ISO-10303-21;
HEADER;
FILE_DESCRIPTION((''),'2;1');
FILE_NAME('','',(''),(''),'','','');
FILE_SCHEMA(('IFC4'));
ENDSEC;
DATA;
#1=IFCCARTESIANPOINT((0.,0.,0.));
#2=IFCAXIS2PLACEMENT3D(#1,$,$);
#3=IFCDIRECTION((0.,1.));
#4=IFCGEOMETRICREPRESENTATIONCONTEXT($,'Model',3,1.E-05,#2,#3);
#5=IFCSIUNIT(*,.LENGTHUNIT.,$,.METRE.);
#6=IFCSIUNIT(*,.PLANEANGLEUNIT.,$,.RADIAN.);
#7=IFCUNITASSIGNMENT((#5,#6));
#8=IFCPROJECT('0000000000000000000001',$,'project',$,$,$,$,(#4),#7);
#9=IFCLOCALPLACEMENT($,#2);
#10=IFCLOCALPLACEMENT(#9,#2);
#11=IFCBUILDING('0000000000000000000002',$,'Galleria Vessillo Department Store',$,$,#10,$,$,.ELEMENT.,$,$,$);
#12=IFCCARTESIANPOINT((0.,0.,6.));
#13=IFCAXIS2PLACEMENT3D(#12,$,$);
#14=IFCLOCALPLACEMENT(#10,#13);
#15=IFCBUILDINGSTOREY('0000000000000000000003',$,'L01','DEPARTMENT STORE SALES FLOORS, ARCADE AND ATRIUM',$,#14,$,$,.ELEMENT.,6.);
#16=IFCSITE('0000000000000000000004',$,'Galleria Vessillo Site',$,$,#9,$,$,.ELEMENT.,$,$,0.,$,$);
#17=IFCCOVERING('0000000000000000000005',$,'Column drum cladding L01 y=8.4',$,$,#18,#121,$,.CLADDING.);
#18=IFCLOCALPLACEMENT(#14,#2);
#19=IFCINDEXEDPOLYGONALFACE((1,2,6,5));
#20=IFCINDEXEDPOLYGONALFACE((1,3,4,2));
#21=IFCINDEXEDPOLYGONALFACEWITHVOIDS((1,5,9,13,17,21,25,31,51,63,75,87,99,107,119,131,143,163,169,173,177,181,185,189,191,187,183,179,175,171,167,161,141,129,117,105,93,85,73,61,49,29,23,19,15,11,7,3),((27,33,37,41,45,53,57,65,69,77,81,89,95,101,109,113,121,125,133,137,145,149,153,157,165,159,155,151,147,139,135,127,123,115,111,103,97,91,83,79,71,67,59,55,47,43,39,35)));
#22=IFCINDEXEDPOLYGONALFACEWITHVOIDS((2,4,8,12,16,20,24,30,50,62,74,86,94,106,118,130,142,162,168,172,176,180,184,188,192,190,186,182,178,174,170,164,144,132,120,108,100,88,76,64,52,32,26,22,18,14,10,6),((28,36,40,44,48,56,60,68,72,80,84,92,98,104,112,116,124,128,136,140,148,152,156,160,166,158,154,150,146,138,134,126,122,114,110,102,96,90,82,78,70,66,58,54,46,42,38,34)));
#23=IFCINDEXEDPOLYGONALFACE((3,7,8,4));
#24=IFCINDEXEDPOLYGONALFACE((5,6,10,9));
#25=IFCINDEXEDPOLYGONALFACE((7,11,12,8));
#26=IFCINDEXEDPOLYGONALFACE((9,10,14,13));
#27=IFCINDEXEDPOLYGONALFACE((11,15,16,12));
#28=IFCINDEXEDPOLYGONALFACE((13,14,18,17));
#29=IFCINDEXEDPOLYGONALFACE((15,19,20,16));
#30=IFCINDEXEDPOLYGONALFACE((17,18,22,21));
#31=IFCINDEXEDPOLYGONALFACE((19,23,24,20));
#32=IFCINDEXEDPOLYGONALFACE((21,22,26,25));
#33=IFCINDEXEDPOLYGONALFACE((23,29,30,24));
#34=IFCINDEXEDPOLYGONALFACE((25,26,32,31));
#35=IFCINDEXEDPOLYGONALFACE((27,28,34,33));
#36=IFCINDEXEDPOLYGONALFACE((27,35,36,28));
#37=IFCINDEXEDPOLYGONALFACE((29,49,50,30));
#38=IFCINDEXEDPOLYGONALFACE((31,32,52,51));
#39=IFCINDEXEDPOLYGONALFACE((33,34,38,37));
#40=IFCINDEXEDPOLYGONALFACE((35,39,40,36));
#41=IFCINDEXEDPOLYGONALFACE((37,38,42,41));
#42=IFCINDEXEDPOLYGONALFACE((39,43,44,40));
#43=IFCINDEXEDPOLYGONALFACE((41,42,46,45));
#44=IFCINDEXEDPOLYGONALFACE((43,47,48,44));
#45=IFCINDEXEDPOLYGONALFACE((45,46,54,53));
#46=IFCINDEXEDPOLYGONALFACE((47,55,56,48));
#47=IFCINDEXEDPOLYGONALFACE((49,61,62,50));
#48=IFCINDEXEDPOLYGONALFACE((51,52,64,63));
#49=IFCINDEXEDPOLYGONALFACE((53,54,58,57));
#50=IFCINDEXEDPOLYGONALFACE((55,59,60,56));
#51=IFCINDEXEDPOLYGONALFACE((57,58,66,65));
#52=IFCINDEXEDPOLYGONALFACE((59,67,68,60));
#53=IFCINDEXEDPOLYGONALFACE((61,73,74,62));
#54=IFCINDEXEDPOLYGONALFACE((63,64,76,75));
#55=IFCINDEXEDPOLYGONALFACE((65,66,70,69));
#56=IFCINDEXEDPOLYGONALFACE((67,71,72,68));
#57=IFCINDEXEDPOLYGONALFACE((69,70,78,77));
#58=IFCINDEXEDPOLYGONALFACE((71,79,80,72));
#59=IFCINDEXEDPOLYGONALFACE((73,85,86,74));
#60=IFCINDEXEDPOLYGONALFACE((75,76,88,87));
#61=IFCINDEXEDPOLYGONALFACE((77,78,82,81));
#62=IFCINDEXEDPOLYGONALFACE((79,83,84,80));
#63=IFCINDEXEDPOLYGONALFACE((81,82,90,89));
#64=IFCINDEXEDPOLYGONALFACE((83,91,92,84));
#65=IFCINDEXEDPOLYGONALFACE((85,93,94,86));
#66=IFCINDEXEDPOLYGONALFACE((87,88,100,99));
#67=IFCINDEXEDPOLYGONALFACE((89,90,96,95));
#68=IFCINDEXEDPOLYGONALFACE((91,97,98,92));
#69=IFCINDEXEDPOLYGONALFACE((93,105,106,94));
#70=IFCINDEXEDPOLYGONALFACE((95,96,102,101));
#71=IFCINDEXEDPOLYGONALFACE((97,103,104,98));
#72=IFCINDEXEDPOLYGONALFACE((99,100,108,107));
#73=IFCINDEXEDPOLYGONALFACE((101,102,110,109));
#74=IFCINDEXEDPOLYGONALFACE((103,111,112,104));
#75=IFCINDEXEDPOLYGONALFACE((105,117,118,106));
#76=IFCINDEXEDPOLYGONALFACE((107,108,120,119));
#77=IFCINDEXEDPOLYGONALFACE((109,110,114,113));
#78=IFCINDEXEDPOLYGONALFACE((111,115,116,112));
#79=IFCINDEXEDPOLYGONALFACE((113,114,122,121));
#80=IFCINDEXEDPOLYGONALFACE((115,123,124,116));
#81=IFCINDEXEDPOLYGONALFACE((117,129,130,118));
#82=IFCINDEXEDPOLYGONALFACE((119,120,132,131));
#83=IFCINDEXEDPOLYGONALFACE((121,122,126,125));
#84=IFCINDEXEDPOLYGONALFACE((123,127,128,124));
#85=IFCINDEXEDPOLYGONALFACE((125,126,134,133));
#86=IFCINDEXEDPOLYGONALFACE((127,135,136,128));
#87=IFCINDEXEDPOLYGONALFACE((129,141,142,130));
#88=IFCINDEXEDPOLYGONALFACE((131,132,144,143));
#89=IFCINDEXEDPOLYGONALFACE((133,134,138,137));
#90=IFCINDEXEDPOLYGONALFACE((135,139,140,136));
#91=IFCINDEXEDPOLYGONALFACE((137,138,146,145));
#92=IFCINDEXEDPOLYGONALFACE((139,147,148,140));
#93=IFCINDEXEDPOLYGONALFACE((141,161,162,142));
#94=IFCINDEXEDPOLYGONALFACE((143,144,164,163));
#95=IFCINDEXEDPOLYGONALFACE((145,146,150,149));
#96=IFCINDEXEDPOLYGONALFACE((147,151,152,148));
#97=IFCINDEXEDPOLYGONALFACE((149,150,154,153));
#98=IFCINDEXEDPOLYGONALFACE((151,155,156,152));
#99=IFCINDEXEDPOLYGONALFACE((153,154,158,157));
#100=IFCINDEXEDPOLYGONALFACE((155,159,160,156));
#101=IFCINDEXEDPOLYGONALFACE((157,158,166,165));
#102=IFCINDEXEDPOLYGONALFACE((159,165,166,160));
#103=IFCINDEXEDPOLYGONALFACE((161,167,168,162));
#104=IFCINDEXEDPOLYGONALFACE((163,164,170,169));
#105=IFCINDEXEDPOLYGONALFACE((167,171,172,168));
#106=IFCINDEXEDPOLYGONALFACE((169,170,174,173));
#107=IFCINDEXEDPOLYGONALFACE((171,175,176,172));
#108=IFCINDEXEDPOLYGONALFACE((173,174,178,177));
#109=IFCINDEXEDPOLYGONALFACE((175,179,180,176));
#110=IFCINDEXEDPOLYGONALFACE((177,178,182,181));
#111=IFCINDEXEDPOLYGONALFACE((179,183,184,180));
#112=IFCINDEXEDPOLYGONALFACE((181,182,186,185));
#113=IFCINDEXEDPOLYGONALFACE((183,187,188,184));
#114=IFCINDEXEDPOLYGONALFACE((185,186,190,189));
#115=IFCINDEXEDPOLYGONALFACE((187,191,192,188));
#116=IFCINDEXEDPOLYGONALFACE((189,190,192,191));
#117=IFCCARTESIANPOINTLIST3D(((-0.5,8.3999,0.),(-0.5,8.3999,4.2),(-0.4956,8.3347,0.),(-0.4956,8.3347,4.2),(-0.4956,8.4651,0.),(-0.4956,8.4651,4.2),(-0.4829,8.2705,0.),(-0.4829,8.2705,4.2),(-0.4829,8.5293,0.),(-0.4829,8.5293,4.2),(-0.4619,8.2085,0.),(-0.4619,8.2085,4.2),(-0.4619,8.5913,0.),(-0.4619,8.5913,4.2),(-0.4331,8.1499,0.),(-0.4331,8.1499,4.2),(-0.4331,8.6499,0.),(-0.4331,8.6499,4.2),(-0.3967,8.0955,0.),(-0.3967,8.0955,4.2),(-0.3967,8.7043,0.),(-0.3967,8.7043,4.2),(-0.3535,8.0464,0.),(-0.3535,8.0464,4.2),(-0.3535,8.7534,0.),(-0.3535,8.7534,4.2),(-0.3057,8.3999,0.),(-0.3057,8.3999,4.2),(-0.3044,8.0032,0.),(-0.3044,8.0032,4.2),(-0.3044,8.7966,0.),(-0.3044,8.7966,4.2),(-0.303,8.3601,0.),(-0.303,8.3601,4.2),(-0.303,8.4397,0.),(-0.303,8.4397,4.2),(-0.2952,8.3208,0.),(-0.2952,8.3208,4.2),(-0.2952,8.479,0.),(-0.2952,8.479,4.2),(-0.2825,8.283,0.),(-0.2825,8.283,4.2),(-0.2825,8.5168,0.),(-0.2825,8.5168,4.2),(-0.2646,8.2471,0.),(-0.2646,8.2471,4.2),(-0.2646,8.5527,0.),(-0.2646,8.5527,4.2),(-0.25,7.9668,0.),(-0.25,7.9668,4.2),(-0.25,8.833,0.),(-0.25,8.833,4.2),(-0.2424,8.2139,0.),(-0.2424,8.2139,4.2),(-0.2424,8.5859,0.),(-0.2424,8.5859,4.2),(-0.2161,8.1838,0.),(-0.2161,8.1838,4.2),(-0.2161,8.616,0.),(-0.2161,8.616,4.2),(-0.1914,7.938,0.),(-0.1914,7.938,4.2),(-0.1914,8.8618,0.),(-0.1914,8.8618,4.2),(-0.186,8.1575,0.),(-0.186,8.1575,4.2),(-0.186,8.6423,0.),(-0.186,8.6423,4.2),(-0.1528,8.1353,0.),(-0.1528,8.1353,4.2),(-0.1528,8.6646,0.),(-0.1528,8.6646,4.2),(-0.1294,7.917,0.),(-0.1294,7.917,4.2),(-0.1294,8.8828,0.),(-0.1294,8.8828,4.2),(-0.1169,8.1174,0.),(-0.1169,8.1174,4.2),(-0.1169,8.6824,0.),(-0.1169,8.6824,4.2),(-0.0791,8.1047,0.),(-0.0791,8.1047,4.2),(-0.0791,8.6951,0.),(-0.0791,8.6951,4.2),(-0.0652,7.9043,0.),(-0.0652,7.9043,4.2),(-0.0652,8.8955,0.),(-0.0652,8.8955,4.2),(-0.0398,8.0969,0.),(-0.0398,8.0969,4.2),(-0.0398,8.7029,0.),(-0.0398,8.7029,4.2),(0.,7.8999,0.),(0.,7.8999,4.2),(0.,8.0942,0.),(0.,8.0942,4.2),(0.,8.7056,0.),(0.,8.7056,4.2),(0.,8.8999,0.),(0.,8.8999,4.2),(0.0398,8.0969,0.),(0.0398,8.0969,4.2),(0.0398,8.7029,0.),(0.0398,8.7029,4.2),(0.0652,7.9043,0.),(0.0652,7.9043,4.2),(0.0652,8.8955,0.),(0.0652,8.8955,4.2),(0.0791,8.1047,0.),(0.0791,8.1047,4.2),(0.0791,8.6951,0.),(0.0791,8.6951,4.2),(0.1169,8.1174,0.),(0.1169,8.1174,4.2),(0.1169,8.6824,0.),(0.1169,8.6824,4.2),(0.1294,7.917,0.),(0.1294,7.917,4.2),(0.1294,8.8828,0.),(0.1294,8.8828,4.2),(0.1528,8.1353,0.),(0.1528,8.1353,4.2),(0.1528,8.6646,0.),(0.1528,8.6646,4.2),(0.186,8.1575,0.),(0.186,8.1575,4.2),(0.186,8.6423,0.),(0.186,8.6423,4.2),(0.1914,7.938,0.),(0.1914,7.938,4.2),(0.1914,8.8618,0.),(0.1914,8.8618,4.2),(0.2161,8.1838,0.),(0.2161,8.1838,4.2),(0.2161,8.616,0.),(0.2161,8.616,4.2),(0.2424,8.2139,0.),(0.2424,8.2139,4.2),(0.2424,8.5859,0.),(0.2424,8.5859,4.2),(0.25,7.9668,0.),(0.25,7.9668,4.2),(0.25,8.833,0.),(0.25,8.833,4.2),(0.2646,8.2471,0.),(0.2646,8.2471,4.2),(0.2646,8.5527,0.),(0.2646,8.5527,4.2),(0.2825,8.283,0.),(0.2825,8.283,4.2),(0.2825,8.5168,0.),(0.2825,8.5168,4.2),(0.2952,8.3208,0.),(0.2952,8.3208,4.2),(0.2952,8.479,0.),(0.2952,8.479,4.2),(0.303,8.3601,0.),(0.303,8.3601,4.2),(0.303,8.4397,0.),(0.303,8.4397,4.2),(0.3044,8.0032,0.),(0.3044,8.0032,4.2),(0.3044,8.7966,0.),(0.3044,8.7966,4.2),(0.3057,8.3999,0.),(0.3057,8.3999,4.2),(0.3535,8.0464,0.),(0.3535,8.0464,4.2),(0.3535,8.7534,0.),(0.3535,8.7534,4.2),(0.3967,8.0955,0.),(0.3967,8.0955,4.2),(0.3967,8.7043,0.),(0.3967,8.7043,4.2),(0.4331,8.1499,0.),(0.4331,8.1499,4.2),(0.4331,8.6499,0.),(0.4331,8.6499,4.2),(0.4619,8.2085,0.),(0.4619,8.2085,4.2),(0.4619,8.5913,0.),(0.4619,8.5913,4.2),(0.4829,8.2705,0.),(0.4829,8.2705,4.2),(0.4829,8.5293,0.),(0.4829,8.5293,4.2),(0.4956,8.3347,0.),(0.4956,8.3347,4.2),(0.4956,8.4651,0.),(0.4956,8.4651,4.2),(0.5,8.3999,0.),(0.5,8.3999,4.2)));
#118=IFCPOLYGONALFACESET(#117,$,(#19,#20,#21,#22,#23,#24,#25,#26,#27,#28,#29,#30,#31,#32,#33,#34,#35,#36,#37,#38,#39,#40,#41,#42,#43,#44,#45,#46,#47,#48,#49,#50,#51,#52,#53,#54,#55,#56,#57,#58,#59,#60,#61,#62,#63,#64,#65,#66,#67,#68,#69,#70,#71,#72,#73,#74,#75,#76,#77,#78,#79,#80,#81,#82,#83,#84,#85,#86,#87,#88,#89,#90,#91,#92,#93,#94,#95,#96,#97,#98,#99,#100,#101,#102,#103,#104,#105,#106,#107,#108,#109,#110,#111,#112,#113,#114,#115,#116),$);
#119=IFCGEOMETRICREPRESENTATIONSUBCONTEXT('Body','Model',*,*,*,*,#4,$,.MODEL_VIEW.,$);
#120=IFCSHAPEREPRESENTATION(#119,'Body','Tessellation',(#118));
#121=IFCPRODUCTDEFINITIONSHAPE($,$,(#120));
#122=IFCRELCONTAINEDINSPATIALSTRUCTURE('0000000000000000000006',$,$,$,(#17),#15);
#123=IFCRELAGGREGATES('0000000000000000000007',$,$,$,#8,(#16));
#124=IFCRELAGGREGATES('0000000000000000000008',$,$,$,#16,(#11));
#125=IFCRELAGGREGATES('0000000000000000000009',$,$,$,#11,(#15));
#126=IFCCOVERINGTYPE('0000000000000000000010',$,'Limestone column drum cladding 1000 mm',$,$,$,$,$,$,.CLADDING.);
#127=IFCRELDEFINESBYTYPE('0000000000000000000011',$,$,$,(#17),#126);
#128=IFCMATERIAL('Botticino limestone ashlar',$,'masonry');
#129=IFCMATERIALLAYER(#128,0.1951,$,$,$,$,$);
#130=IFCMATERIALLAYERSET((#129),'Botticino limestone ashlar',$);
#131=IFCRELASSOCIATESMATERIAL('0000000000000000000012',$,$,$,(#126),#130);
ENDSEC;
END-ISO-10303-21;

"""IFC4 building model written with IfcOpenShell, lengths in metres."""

from ifc_helpers import new_model, si_unit, direction, frame, origin, place, context, subcontext, project, spatial, polyline, outline, extrude, material, layer, layer_set, type_object, element, save


model = new_model("IFC4")

# Units and contexts
model_context = context("Model", 3, precision=1e-05, world=origin(), true_north=direction((0.0, 1.0)))
body_context = subcontext(model_context, "Body", "Model", "MODEL_VIEW")
ifc_project = project(units=[si_unit("LENGTHUNIT", "METRE"), si_unit("PLANEANGLEUNIT", "RADIAN")], contexts=[model_context])

# Site, building, storey
site_placement = place(None, origin())
site = spatial("IfcSite", under=ifc_project, at=site_placement, Name="Galleria Vessillo Site", CompositionType="ELEMENT", RefElevation=0.0)
building_placement = place(site_placement, origin())
building = spatial("IfcBuilding", under=site, at=building_placement, Name="Galleria Vessillo Department Store", CompositionType="ELEMENT")
storey_placement = place(building_placement, frame((0.0, 0.0, 6.0)))
storey = spatial("IfcBuildingStorey", under=building, at=storey_placement, Name="L01", Description="DEPARTMENT STORE SALES FLOORS, ARCADE AND ATRIUM", CompositionType="ELEMENT", Elevation=6.0)

# Covering
ifc_material_1 = material(Name="Botticino limestone ashlar", Category="masonry")
ifc_layer_1 = layer(ifc_material_1, 0.1951)
ifc_layer_set_1 = layer_set([ifc_layer_1], Name="Botticino limestone ashlar")
covering_type = type_object("IfcCoveringType", Name="Limestone column drum cladding 1000 mm", PredefinedType="CLADDING", material=ifc_layer_set_1)
covering_1_placement = place(storey_placement, origin())
element("IfcCovering", 1, at=covering_1_placement, inside=storey, type_object=covering_type, Name="Column drum cladding L01 y=8.4", PredefinedType="CLADDING", context=body_context, shape_type="SweptSolid", body=[
    extrude(outline(polyline([(0.5, 8.3999), (0.4956, 8.4651), (0.4829, 8.5293), (0.4619, 8.5913), (0.4331, 8.6499), (0.3967, 8.7043), (0.3535, 8.7534), (0.3044, 8.7966), (0.25, 8.833), (0.1914, 8.8618), (0.1294, 8.8828), (0.0652, 8.8955), (0.0, 8.8999), (-0.0652, 8.8955), (-0.1294, 8.8828), (-0.1914, 8.8618), (-0.25, 8.833), (-0.3044, 8.7966), (-0.3535, 8.7534), (-0.3967, 8.7043), (-0.4331, 8.6499), (-0.4619, 8.5913), (-0.4829, 8.5293), (-0.4956, 8.4651), (-0.5, 8.3999), (-0.4956, 8.3347), (-0.4829, 8.2705), (-0.4619, 8.2085), (-0.4331, 8.1499), (-0.3967, 8.0955), (-0.3535, 8.0464), (-0.3044, 8.0032), (-0.25, 7.9668), (-0.1914, 7.938), (-0.1294, 7.917), (-0.0652, 7.9043), (0.0, 7.8999), (0.0652, 7.9043), (0.1294, 7.917), (0.1914, 7.938), (0.25, 7.9668), (0.3044, 8.0032), (0.3535, 8.0464), (0.3967, 8.0955), (0.4331, 8.1499), (0.4619, 8.2085), (0.4829, 8.2705), (0.4956, 8.3347), (0.5, 8.3999)]), holes=[polyline([(0.3057, 8.3999), (0.303, 8.4397), (0.2952, 8.479), (0.2825, 8.5168), (0.2646, 8.5527), (0.2424, 8.5859), (0.2161, 8.616), (0.186, 8.6423), (0.1528, 8.6646), (0.1169, 8.6824), (0.0791, 8.6951), (0.0398, 8.7029), (0.0, 8.7056), (-0.0398, 8.7029), (-0.0791, 8.6951), (-0.1169, 8.6824), (-0.1528, 8.6646), (-0.186, 8.6423), (-0.2161, 8.616), (-0.2424, 8.5859), (-0.2646, 8.5527), (-0.2825, 8.5168), (-0.2952, 8.479), (-0.303, 8.4397), (-0.3057, 8.3999), (-0.303, 8.3601), (-0.2952, 8.3208), (-0.2825, 8.283), (-0.2646, 8.2471), (-0.2424, 8.2139), (-0.2161, 8.1838), (-0.186, 8.1575), (-0.1528, 8.1353), (-0.1169, 8.1174), (-0.0791, 8.1047), (-0.0398, 8.0969), (0.0, 8.0942), (0.0398, 8.0969), (0.0791, 8.1047), (0.1169, 8.1174), (0.1528, 8.1353), (0.186, 8.1575), (0.2161, 8.1838), (0.2424, 8.2139), (0.2646, 8.2471), (0.2825, 8.283), (0.2952, 8.3208), (0.303, 8.3601), (0.3057, 8.3999)])]), origin(), (0.0, 0.0, 1.0), 4.2),
])

save(model, "model.ifc")
